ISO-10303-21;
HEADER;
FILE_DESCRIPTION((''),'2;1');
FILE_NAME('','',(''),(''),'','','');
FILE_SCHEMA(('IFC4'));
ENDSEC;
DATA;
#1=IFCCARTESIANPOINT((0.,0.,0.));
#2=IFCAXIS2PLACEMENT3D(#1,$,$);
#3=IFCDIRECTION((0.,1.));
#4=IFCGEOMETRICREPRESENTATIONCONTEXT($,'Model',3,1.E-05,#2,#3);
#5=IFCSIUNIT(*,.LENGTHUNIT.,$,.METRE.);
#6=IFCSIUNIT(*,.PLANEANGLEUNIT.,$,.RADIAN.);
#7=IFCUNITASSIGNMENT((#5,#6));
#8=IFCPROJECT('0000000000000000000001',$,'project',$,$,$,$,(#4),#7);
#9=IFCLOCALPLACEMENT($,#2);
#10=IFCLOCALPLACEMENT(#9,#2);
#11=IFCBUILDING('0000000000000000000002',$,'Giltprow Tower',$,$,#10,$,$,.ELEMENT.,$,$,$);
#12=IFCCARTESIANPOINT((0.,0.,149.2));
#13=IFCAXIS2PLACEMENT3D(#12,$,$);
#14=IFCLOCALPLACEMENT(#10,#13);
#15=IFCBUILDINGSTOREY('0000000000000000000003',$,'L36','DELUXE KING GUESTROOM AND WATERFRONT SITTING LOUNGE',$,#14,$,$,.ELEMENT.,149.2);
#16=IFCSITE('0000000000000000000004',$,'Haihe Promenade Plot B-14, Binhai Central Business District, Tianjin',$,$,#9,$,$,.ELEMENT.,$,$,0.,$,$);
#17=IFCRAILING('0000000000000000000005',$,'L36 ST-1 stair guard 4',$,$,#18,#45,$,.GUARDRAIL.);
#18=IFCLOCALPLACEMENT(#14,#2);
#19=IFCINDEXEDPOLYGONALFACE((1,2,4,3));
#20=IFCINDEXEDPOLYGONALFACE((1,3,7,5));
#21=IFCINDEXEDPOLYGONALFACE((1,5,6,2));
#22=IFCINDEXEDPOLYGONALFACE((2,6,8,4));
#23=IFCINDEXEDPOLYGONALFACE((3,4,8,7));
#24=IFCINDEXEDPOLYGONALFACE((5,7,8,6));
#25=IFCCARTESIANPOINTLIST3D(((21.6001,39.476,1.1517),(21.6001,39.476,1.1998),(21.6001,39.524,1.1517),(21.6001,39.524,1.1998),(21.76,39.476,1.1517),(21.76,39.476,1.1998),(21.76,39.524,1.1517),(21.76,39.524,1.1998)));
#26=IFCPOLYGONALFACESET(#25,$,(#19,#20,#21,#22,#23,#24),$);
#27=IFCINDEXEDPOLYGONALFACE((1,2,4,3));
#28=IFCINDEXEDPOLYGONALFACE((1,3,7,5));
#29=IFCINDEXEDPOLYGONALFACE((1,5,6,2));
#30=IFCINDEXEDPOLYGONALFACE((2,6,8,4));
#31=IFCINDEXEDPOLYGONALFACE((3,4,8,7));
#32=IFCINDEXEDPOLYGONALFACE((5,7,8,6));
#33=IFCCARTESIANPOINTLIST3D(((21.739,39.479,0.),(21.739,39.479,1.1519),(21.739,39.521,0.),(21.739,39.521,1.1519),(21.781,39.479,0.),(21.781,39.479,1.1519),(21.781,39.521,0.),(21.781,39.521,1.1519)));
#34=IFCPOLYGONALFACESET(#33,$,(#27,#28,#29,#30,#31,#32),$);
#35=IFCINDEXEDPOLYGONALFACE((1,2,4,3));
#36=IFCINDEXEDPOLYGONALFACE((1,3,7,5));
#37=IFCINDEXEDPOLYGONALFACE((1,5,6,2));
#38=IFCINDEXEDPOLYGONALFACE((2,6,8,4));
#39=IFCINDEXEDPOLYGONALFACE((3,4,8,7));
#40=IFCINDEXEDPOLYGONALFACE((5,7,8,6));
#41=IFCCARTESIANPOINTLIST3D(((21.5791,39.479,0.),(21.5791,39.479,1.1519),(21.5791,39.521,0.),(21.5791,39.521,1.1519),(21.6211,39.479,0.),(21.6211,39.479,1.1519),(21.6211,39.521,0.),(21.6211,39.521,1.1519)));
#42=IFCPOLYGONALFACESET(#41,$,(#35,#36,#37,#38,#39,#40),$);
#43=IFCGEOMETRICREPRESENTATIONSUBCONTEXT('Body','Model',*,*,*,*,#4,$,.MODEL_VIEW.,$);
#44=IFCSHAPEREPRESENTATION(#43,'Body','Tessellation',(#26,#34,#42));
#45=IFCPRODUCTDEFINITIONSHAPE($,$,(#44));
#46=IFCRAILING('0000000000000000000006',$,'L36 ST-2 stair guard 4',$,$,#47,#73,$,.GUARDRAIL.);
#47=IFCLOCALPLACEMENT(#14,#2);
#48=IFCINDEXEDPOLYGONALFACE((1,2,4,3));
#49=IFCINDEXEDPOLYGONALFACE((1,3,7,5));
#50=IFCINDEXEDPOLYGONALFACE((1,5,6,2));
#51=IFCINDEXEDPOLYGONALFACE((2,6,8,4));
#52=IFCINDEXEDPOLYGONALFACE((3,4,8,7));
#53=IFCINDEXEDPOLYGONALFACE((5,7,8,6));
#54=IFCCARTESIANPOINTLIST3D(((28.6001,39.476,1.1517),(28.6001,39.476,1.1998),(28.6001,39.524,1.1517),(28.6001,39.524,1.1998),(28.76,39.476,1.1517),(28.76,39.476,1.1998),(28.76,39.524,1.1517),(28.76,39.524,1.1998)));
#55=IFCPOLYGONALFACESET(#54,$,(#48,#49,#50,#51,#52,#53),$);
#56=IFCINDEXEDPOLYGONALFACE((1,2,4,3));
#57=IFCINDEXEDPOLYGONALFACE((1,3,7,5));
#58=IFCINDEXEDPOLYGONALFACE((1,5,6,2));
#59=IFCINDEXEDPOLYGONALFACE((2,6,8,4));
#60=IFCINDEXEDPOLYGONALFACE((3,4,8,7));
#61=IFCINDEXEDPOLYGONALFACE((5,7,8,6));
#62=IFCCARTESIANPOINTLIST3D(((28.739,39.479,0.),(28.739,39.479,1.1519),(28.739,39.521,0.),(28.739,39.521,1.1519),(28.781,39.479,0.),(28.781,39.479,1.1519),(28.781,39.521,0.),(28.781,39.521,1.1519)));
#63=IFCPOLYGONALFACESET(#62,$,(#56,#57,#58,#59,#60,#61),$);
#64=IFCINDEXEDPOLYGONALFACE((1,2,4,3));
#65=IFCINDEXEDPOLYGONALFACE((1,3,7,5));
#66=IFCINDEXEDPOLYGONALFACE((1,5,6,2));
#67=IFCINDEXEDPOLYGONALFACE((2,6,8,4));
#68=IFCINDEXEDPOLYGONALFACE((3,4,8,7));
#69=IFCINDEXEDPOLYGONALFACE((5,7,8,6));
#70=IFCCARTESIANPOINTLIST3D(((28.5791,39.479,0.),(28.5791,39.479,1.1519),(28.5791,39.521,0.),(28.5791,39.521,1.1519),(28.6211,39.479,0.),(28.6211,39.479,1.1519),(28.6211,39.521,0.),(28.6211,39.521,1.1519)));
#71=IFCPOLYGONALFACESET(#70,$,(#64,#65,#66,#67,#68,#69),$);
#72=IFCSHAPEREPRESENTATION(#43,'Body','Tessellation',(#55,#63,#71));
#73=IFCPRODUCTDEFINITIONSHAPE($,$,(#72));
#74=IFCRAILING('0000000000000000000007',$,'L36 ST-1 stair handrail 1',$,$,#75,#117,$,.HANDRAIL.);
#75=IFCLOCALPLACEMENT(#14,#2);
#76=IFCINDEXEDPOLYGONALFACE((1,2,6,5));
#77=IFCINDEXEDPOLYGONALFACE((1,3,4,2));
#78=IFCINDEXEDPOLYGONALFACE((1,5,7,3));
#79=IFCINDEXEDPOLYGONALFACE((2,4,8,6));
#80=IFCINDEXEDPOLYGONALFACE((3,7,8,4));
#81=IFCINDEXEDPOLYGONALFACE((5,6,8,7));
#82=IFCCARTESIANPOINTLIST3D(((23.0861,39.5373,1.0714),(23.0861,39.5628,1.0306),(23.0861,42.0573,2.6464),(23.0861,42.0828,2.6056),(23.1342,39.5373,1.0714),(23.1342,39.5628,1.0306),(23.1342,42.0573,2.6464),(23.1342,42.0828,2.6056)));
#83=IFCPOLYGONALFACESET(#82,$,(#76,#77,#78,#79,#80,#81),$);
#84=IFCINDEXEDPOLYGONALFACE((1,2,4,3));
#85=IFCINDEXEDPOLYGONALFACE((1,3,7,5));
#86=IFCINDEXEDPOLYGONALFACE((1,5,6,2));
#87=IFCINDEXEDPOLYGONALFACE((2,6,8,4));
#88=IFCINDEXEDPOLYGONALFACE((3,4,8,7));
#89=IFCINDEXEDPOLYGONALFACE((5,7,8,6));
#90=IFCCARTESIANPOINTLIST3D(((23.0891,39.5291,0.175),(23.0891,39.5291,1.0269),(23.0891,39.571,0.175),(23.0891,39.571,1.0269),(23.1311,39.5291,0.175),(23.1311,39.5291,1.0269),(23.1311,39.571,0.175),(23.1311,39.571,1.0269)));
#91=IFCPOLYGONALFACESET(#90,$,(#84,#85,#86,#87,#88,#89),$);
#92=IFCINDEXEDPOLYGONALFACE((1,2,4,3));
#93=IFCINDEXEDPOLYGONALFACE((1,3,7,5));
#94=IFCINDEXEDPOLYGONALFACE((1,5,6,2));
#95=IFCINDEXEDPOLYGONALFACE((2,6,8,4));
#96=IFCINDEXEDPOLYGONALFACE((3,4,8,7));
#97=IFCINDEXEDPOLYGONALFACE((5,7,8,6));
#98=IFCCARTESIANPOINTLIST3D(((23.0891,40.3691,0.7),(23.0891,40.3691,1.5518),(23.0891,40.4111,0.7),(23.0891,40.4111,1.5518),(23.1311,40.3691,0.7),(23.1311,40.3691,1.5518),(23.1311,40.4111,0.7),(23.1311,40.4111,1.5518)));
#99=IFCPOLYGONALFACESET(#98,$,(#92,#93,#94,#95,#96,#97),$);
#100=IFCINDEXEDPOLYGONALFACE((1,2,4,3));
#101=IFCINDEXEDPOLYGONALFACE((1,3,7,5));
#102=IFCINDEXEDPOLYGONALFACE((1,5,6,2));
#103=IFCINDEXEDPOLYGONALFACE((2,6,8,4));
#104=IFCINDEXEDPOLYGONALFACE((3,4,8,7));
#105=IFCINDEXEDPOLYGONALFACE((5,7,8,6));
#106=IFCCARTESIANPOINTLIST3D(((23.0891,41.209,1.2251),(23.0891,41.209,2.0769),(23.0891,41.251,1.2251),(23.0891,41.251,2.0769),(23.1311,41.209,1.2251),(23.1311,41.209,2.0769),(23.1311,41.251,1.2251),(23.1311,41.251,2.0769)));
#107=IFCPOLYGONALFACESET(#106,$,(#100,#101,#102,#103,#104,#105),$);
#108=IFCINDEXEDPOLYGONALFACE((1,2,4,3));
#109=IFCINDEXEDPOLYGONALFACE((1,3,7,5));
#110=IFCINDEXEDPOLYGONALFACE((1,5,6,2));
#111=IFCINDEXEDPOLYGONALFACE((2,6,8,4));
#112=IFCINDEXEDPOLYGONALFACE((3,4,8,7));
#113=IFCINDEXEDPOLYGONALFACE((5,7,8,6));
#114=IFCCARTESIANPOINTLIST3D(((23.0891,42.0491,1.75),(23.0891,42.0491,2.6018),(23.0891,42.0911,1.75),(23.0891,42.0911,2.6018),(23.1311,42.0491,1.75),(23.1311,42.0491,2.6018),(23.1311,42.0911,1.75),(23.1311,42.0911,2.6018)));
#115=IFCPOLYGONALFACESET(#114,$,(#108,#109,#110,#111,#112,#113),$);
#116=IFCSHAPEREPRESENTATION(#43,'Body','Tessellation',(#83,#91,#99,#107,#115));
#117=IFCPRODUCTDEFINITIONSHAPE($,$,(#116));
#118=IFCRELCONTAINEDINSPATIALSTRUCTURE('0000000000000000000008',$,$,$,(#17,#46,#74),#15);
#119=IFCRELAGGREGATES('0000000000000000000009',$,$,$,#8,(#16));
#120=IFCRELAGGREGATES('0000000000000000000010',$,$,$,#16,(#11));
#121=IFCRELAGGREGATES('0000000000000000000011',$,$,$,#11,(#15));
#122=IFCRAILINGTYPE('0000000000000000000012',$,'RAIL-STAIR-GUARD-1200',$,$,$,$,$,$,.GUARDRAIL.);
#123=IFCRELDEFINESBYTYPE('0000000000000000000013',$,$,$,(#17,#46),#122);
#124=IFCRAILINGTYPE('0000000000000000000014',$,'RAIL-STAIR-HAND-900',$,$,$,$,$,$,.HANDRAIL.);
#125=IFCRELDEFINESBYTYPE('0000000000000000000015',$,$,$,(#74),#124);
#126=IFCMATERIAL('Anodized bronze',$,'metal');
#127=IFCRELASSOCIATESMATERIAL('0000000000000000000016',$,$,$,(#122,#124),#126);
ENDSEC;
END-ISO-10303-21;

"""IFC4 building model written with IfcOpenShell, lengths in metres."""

from ifc_helpers import new_model, si_unit, direction, frame, origin, origin_2d, place, context, subcontext, project, spatial, rectangle, extrude, material, type_object, element, save


model = new_model("IFC4")

# Units and contexts
model_context = context("Model", 3, precision=1e-05, world=origin(), true_north=direction((0.0, 1.0)))
body_context = subcontext(model_context, "Body", "Model", "MODEL_VIEW")
ifc_project = project(units=[si_unit("LENGTHUNIT", "METRE"), si_unit("PLANEANGLEUNIT", "RADIAN")], contexts=[model_context])

# Site, building, storey
site_placement = place(None, origin())
site = spatial("IfcSite", under=ifc_project, at=site_placement, Name="Haihe Promenade Plot B-14, Binhai Central Business District, Tianjin", CompositionType="ELEMENT", RefElevation=0.0)
building_placement = place(site_placement, origin())
building = spatial("IfcBuilding", under=site, at=building_placement, Name="Giltprow Tower", CompositionType="ELEMENT")
storey_placement = place(building_placement, frame((0.0, 0.0, 149.2)))
storey = spatial("IfcBuildingStorey", under=building, at=storey_placement, Name="L36", Description="DELUXE KING GUESTROOM AND WATERFRONT SITTING LOUNGE", CompositionType="ELEMENT", Elevation=149.2)

# Railings
ifc_material_1 = material(Name="Anodized bronze", Category="metal")
railing_type_1 = type_object("IfcRailingType", Name="RAIL-STAIR-GUARD-1200", PredefinedType="GUARDRAIL", material=ifc_material_1)
for number, where, name in (
    (1, (21.76, 39.5, 0.0), "L36 ST-1 stair guard 4"),
    (2, (28.76, 39.5, 0.0), "L36 ST-2 stair guard 4"),
):
    element("IfcRailing", number, at=place(storey_placement, frame(where)), inside=storey, type_object=railing_type_1, Name=name, PredefinedType="GUARDRAIL", context=body_context, shape_type="SweptSolid", body=[
        extrude(rectangle(XDim=0.0481, YDim=0.0481, at=origin_2d()), frame((0.0, 0.0, 1.1758), z_axis=(-1.0, 0.0, 0.0), x_axis=(0.0, -1.0, 0.0)), (0.0, 0.0, 1.0), 0.1599),
        extrude(rectangle(XDim=0.042, YDim=0.042, at=origin_2d()), origin(), (0.0, 0.0, 1.0), 1.1519),
        extrude(rectangle(XDim=0.042, YDim=0.042, at=origin_2d()), frame((-0.1599, 0.0, 0.0)), (0.0, 0.0, 1.0), 1.1519),
    ])
railing_type_2 = type_object("IfcRailingType", Name="RAIL-STAIR-HAND-900", PredefinedType="HANDRAIL", material=ifc_material_1)
railing_1_placement = place(storey_placement, frame((23.1101, 39.55, 0.175)))
element("IfcRailing", 3, at=railing_1_placement, inside=storey, type_object=railing_type_2, Name="L36 ST-1 stair handrail 1", PredefinedType="HANDRAIL", context=body_context, shape_type="SweptSolid", body=[
    extrude(rectangle(XDim=0.0481, YDim=0.0481, at=origin_2d()), frame((0.0, 0.0, 0.876), z_axis=(0.0, 0.848008, 0.529984), x_axis=(-1.0, 0.0, 0.0)), (0.0, 0.0, 1.0), 2.9717),
    extrude(rectangle(XDim=0.042, YDim=0.042, at=origin_2d()), origin(), (0.0, 0.0, 1.0), 0.8518),
    extrude(rectangle(XDim=0.042, YDim=0.042, at=origin_2d()), frame((0.0, 0.8401, 0.5249)), (0.0, 0.0, 1.0), 0.8518),
    extrude(rectangle(XDim=0.042, YDim=0.042, at=origin_2d()), frame((0.0, 1.6799, 1.05)), (0.0, 0.0, 1.0), 0.8518),
    extrude(rectangle(XDim=0.042, YDim=0.042, at=origin_2d()), frame((0.0, 2.52, 1.575)), (0.0, 0.0, 1.0), 0.8518),
])

save(model, "model.ifc")
